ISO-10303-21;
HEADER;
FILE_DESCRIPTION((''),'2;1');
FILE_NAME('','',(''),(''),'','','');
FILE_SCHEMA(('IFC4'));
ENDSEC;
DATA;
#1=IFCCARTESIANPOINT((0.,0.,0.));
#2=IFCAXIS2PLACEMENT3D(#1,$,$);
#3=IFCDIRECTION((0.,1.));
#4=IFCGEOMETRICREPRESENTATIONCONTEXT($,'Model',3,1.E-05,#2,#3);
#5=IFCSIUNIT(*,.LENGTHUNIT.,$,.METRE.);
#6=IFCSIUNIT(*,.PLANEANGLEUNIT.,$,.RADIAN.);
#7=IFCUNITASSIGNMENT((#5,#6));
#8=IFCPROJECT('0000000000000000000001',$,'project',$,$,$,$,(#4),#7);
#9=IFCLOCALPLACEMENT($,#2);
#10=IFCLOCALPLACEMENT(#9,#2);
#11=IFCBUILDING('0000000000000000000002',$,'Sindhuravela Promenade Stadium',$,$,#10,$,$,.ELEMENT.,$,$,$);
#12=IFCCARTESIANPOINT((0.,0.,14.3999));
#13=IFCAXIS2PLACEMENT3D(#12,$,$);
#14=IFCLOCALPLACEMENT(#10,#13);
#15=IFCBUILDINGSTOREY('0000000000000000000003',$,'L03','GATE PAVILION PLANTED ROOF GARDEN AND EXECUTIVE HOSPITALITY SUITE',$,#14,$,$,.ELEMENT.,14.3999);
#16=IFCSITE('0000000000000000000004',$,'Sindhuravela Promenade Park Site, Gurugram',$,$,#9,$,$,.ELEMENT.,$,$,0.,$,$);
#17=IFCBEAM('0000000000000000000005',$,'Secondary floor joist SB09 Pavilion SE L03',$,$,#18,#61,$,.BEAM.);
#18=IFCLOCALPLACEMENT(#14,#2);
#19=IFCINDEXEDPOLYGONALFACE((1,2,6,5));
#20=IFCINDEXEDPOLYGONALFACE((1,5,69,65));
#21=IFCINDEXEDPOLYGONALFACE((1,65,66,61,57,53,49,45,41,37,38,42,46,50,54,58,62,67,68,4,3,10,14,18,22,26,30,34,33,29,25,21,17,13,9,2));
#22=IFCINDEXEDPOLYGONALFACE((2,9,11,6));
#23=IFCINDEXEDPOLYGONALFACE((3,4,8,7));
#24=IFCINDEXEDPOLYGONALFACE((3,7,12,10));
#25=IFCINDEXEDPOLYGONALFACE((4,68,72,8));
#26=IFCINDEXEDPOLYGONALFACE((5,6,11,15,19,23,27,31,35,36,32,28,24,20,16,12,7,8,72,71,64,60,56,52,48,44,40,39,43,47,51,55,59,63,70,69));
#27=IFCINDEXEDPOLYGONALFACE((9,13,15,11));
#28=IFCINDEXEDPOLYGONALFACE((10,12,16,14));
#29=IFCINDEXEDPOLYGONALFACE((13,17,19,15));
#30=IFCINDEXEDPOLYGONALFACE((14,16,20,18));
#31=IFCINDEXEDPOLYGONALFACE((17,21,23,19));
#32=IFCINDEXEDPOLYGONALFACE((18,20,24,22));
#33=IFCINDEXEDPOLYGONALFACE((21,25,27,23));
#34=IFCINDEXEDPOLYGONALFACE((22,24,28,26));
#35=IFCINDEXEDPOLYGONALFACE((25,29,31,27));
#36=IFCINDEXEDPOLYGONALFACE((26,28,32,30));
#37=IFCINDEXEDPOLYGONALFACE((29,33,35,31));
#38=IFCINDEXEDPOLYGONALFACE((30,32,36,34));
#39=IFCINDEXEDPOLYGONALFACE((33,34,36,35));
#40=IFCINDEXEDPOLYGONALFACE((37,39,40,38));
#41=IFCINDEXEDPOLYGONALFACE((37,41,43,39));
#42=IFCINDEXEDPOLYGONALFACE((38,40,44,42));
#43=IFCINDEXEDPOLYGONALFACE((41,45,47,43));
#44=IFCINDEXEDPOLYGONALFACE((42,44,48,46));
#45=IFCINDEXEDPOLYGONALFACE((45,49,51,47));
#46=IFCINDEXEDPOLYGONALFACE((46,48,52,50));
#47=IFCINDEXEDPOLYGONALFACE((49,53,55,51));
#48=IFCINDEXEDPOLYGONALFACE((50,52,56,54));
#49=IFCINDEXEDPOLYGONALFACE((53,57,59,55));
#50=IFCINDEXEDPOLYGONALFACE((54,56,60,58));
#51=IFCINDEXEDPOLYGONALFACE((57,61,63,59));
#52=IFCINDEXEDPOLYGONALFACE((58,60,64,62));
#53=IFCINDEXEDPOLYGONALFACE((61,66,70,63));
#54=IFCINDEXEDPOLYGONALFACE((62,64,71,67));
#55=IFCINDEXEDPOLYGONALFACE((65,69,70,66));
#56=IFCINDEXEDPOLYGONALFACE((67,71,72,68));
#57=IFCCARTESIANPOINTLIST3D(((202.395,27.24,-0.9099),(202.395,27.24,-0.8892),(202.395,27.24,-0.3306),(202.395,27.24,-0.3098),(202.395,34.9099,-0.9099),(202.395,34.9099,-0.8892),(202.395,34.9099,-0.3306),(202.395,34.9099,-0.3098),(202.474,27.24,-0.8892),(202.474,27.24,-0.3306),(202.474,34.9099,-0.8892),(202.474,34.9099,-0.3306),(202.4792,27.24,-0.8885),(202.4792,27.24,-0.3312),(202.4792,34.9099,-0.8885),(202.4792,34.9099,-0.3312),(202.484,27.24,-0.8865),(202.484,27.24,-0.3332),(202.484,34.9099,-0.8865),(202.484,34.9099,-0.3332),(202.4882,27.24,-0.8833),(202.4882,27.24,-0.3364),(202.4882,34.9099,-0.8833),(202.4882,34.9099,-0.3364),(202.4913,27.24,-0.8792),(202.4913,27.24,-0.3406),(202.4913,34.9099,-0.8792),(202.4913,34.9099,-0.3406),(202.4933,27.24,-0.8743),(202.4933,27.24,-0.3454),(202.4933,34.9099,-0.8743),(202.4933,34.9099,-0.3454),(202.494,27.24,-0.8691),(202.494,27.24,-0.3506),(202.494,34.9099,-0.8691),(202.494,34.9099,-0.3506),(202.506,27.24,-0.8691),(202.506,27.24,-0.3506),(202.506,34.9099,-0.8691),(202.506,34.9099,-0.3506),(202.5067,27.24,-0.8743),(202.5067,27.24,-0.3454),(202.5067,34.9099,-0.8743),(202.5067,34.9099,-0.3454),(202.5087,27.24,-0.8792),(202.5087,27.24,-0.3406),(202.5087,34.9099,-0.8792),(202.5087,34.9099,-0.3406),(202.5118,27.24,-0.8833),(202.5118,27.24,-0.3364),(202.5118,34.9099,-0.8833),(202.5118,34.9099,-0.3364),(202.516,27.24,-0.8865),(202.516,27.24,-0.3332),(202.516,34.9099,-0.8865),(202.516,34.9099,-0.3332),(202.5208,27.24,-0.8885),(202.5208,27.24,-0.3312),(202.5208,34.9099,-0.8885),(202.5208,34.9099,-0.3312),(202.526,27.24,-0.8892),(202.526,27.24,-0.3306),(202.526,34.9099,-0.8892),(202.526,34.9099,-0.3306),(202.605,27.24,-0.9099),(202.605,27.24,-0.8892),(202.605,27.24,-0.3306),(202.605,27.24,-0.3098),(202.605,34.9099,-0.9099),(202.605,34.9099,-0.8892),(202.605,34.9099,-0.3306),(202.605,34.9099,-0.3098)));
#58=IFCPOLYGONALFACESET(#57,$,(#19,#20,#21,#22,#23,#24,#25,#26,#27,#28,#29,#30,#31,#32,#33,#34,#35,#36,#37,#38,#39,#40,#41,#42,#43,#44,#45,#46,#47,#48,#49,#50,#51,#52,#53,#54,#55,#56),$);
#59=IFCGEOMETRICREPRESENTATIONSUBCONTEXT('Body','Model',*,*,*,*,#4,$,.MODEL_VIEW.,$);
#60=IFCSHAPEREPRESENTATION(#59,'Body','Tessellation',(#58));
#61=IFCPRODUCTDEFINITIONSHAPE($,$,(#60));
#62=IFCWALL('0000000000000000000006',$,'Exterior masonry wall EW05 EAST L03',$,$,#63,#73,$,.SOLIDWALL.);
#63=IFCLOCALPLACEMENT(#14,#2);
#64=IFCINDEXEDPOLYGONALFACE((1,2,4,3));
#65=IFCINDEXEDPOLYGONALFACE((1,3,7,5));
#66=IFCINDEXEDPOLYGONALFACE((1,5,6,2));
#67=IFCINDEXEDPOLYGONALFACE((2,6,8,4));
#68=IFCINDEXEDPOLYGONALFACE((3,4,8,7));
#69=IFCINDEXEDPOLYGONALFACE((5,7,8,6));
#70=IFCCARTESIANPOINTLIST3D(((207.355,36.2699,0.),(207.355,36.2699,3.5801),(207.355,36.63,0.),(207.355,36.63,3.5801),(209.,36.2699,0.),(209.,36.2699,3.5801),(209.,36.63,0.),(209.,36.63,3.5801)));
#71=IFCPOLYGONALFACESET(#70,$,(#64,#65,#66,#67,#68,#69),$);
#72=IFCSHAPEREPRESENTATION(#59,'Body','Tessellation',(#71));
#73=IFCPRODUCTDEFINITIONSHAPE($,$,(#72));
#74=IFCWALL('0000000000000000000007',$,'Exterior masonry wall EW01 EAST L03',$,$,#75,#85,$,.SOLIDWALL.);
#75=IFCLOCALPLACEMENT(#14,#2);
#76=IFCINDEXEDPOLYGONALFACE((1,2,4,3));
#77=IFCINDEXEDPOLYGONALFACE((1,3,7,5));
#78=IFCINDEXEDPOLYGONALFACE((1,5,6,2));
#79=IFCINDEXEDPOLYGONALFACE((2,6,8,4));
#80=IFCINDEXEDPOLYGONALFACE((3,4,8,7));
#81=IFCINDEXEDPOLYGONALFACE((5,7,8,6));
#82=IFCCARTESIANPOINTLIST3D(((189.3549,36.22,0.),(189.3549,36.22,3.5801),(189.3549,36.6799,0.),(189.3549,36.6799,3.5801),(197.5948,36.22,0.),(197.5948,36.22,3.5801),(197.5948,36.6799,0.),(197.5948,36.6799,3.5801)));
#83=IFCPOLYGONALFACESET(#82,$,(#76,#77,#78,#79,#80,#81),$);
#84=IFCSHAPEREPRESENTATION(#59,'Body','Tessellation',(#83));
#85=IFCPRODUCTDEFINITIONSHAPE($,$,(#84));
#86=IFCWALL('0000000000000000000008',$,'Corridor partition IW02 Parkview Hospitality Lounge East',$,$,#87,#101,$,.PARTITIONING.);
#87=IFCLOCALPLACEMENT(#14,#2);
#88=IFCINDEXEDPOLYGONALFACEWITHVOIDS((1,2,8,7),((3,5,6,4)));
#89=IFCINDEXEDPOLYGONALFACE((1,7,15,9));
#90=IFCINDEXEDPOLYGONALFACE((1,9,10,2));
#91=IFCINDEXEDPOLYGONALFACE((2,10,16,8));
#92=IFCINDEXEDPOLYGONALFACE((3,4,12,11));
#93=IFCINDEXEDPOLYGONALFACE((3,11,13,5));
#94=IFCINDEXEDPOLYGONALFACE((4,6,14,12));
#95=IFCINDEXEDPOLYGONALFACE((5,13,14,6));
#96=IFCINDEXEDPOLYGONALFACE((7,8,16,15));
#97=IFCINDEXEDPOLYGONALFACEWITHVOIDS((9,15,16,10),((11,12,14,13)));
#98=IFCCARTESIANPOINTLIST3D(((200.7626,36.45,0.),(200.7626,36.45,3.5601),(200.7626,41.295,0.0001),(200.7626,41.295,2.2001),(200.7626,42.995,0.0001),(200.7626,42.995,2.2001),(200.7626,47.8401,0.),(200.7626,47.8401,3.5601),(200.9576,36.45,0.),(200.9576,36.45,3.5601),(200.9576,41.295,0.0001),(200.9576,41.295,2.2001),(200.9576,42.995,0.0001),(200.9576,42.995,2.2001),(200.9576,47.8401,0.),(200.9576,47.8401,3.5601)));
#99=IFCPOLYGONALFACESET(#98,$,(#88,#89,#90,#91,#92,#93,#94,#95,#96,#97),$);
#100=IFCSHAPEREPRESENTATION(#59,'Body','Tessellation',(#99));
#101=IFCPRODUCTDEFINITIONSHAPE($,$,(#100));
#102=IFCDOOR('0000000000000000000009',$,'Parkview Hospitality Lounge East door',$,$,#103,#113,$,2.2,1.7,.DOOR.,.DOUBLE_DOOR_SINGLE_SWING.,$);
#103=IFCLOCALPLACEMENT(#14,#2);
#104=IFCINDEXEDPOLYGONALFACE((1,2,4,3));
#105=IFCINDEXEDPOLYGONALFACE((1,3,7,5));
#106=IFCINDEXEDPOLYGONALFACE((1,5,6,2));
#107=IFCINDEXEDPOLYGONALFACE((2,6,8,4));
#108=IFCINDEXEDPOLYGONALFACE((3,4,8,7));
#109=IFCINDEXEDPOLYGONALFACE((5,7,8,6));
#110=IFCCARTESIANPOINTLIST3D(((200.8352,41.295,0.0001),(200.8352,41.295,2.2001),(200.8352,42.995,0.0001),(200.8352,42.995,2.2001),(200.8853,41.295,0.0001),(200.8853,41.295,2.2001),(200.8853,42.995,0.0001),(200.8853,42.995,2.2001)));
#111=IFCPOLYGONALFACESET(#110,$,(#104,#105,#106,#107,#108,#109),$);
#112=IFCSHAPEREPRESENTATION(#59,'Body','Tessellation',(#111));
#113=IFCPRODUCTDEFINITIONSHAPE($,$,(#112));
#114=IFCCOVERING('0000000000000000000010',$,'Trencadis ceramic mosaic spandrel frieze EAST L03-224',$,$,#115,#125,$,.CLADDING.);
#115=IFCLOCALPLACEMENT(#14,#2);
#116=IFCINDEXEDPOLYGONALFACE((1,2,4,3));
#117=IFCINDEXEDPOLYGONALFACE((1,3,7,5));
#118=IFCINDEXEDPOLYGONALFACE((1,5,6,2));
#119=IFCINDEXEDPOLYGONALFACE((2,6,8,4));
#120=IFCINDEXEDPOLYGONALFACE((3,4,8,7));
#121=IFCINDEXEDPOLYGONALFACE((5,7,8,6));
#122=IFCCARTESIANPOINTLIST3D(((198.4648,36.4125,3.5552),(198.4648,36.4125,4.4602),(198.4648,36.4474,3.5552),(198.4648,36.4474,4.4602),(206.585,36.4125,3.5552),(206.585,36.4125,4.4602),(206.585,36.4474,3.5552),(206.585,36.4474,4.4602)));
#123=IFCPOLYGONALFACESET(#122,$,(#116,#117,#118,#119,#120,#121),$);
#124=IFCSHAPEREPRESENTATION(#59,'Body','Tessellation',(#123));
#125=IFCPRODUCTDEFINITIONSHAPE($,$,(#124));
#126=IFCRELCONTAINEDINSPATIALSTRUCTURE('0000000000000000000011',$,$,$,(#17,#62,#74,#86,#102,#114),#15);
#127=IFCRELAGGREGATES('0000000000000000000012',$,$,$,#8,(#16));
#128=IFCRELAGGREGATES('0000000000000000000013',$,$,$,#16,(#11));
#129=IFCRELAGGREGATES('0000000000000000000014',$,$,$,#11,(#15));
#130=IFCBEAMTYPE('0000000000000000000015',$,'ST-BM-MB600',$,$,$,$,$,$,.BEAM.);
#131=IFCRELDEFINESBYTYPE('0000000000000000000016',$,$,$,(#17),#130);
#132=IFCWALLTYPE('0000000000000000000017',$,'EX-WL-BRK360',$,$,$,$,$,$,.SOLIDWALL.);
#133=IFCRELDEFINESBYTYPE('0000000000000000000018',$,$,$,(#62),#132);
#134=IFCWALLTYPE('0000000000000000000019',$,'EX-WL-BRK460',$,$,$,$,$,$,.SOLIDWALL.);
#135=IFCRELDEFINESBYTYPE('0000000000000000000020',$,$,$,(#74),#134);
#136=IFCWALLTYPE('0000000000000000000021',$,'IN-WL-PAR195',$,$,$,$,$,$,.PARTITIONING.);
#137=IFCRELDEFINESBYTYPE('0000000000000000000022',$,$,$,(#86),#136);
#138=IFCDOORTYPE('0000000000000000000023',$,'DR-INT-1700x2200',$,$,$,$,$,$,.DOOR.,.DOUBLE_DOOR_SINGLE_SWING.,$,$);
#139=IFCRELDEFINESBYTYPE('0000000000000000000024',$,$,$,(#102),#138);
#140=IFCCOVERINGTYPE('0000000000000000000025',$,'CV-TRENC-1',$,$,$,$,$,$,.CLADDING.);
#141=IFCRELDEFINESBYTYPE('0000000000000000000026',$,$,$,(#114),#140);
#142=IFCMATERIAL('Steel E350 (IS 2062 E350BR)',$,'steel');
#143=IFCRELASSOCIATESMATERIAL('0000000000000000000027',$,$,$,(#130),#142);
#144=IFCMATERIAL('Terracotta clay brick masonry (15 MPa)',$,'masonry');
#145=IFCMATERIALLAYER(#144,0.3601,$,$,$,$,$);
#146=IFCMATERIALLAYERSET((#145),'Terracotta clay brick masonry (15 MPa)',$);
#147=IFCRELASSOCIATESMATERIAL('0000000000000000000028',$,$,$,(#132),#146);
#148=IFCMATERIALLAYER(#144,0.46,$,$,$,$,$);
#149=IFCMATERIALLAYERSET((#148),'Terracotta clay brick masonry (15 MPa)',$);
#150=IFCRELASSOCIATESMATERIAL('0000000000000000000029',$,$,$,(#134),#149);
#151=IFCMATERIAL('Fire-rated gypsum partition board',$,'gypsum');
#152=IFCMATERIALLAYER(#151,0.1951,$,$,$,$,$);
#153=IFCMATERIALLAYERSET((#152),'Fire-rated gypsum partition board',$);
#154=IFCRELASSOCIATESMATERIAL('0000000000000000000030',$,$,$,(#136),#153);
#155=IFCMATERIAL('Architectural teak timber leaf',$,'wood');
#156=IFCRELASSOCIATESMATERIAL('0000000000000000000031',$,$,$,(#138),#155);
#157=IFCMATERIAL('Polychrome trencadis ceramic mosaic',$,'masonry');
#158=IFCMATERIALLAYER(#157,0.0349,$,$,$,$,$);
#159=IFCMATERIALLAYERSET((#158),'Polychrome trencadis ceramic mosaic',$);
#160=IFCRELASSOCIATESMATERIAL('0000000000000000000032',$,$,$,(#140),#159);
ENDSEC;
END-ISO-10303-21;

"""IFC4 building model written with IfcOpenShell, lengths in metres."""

from ifc_helpers import new_model, si_unit, direction, frame, frame_2d, origin, origin_2d, place, context, subcontext, project, spatial, rectangle, i_section, extrude, material, layer, layer_set, material_profile, profile_set, type_object, element, fill, save


model = new_model("IFC4")

# Units and contexts
model_context = context("Model", 3, precision=1e-05, world=origin(), true_north=direction((0.0, 1.0)))
body_context = subcontext(model_context, "Body", "Model", "MODEL_VIEW")
ifc_project = project(units=[si_unit("LENGTHUNIT", "METRE"), si_unit("PLANEANGLEUNIT", "RADIAN")], contexts=[model_context])

# Site, building, storey
site_placement = place(None, origin())
site = spatial("IfcSite", under=ifc_project, at=site_placement, Name="Sindhuravela Promenade Park Site, Gurugram", CompositionType="ELEMENT", RefElevation=0.0)
building_placement = place(site_placement, origin())
building = spatial("IfcBuilding", under=site, at=building_placement, Name="Sindhuravela Promenade Stadium", CompositionType="ELEMENT")
storey_placement = place(building_placement, frame((0.0, 0.0, 14.3999)))
storey = spatial("IfcBuildingStorey", under=building, at=storey_placement, Name="L03", Description="GATE PAVILION PLANTED ROOF GARDEN AND EXECUTIVE HOSPITALITY SUITE", CompositionType="ELEMENT", Elevation=14.3999)

# Beam
ifc_material_1 = material(Name="Steel E350 (IS 2062 E350BR)", Category="steel")
ifc_material_profile_1 = material_profile(ifc_material_1, i_section(OverallWidth=0.21, OverallDepth=0.6001, WebThickness=0.012, FlangeThickness=0.0208, FilletRadius=0.02, at=origin_2d()), Name="ISMB 600")
ifc_profile_set_1 = profile_set([ifc_material_profile_1], Name="Steel E350 (IS 2062 E350BR)")
beam_type_1 = type_object("IfcBeamType", Name="ST-BM-MB600", PredefinedType="BEAM", material=ifc_profile_set_1)
beam_1_placement = place(storey_placement, frame((202.5, 27.24, -0.6099), z_axis=(0.0, 1.0, 0.0), x_axis=(-1.0, 0.0, 0.0)))
element("IfcBeam", 1, at=beam_1_placement, inside=storey, type_object=beam_type_1, Name="Secondary floor joist SB09 Pavilion SE L03", PredefinedType="BEAM", context=body_context, shape_type="SweptSolid", body=[
    extrude(i_section(OverallWidth=0.21, OverallDepth=0.6001, WebThickness=0.012, FlangeThickness=0.0208, FilletRadius=0.02, at=origin_2d()), origin(), (0.0, 0.0, 1.0), 7.6699),
])

# Shared definitions
ifc_material_2 = material(Name="Terracotta clay brick masonry (15 MPa)", Category="masonry")

# Walls
ifc_layer_1 = layer(ifc_material_2, 0.3601)
ifc_layer_set_1 = layer_set([ifc_layer_1], Name="Terracotta clay brick masonry (15 MPa)")
wall_type_1 = type_object("IfcWallType", Name="EX-WL-BRK360", PredefinedType="SOLIDWALL", material=ifc_layer_set_1)
wall_1_placement = place(storey_placement, frame((209.0, 36.45, 0.0), z_axis=(0.0, 0.0, 1.0), x_axis=(-1.0, 0.0, 0.0)))
element("IfcWall", 2, at=wall_1_placement, inside=storey, type_object=wall_type_1, Name="Exterior masonry wall EW05 EAST L03", PredefinedType="SOLIDWALL", context=body_context, shape_type="SweptSolid", body=[
    extrude(rectangle(XDim=1.645, YDim=0.3601, at=frame_2d((0.8225, 0.0))), origin(), (0.0, 0.0, 1.0), 3.5801),
])
ifc_layer_2 = layer(ifc_material_2, 0.46)
ifc_layer_set_2 = layer_set([ifc_layer_2], Name="Terracotta clay brick masonry (15 MPa)")
wall_type_2 = type_object("IfcWallType", Name="EX-WL-BRK460", PredefinedType="SOLIDWALL", material=ifc_layer_set_2)
wall_2_placement = place(storey_placement, frame((197.595, 36.45, 0.0), z_axis=(0.0, 0.0, 1.0), x_axis=(-1.0, 0.0, 0.0)))
element("IfcWall", 3, at=wall_2_placement, inside=storey, type_object=wall_type_2, Name="Exterior masonry wall EW01 EAST L03", PredefinedType="SOLIDWALL", context=body_context, shape_type="SweptSolid", body=[
    extrude(rectangle(XDim=8.24, YDim=0.46, at=frame_2d((4.1201, 0.0))), origin(), (0.0, 0.0, 1.0), 3.5801),
])

# Wall, opening, door
ifc_material_3 = material(Name="Fire-rated gypsum partition board", Category="gypsum")
ifc_layer_3 = layer(ifc_material_3, 0.1951)
ifc_layer_set_3 = layer_set([ifc_layer_3], Name="Fire-rated gypsum partition board")
wall_type_3 = type_object("IfcWallType", Name="IN-WL-PAR195", PredefinedType="PARTITIONING", material=ifc_layer_set_3)
wall_3_placement = place(storey_placement, frame((200.8601, 36.45, 0.0), z_axis=(0.0, 0.0, 1.0), x_axis=(0.0, 1.0, 0.0)))
wall_3 = element("IfcWall", 4, at=wall_3_placement, inside=storey, type_object=wall_type_3, Name="Corridor partition IW02 Parkview Hospitality Lounge East", PredefinedType="PARTITIONING", context=body_context, shape_type="SweptSolid", body=[
    extrude(rectangle(XDim=11.3901, YDim=0.1951, at=frame_2d((5.6951, 0.0))), origin(), (0.0, 0.0, 1.0), 3.5601),
])
opening_1_placement = place(wall_3_placement, frame((4.845, 0.0, 0.0)))
opening_1 = element("IfcOpeningElement", 5, at=opening_1_placement, cuts=wall_3, PredefinedType="OPENING", context=body_context, shape_type="SweptSolid", body=[
    extrude(rectangle(XDim=1.7, YDim=2.2, at=frame_2d((0.8501, 1.1001))), frame((0.0, 0.1074, 0.0), z_axis=(0.0, -1.0, 0.0), x_axis=(1.0, 0.0, 0.0)), (0.0, 0.0, 1.0), 0.2151),
])
ifc_material_4 = material(Name="Architectural teak timber leaf", Category="wood")
door_type_1 = type_object("IfcDoorType", Name="DR-INT-1700x2200", OperationType="DOUBLE_DOOR_SINGLE_SWING", PredefinedType="DOOR", material=ifc_material_4)
door_1_placement = place(opening_1_placement, origin())
door_1 = element("IfcDoor", 6, at=door_1_placement, inside=storey, type_object=door_type_1, Name="Parkview Hospitality Lounge East door", OperationType="DOUBLE_DOOR_SINGLE_SWING", OverallHeight=2.2, OverallWidth=1.7, PredefinedType="DOOR", context=body_context, shape_type="SweptSolid", body=[
    extrude(rectangle(XDim=1.7, YDim=2.2, at=frame_2d((0.8501, 1.1001))), frame((0.0, 0.0249, 0.0), z_axis=(0.0, -1.0, 0.0), x_axis=(1.0, 0.0, 0.0)), (0.0, 0.0, 1.0), 0.05),
])
fill(opening_1, door_1)

# Covering
ifc_material_5 = material(Name="Polychrome trencadis ceramic mosaic", Category="masonry")
ifc_layer_4 = layer(ifc_material_5, 0.0349)
ifc_layer_set_4 = layer_set([ifc_layer_4], Name="Polychrome trencadis ceramic mosaic")
covering_type = type_object("IfcCoveringType", Name="CV-TRENC-1", PredefinedType="CLADDING", material=ifc_layer_set_4)
covering_placement = place(storey_placement, frame((202.5249, 36.4299, 3.5552), z_axis=(0.0, 0.0, 1.0), x_axis=(-1.0, 0.0, 0.0)))
element("IfcCovering", 7, at=covering_placement, inside=storey, type_object=covering_type, Name="Trencadis ceramic mosaic spandrel frieze EAST L03-224", PredefinedType="CLADDING", context=body_context, shape_type="SweptSolid", body=[
    extrude(rectangle(XDim=8.1201, YDim=0.0349, at=origin_2d()), origin(), (0.0, 0.0, 1.0), 0.905),
])

save(model, "model.ifc")
